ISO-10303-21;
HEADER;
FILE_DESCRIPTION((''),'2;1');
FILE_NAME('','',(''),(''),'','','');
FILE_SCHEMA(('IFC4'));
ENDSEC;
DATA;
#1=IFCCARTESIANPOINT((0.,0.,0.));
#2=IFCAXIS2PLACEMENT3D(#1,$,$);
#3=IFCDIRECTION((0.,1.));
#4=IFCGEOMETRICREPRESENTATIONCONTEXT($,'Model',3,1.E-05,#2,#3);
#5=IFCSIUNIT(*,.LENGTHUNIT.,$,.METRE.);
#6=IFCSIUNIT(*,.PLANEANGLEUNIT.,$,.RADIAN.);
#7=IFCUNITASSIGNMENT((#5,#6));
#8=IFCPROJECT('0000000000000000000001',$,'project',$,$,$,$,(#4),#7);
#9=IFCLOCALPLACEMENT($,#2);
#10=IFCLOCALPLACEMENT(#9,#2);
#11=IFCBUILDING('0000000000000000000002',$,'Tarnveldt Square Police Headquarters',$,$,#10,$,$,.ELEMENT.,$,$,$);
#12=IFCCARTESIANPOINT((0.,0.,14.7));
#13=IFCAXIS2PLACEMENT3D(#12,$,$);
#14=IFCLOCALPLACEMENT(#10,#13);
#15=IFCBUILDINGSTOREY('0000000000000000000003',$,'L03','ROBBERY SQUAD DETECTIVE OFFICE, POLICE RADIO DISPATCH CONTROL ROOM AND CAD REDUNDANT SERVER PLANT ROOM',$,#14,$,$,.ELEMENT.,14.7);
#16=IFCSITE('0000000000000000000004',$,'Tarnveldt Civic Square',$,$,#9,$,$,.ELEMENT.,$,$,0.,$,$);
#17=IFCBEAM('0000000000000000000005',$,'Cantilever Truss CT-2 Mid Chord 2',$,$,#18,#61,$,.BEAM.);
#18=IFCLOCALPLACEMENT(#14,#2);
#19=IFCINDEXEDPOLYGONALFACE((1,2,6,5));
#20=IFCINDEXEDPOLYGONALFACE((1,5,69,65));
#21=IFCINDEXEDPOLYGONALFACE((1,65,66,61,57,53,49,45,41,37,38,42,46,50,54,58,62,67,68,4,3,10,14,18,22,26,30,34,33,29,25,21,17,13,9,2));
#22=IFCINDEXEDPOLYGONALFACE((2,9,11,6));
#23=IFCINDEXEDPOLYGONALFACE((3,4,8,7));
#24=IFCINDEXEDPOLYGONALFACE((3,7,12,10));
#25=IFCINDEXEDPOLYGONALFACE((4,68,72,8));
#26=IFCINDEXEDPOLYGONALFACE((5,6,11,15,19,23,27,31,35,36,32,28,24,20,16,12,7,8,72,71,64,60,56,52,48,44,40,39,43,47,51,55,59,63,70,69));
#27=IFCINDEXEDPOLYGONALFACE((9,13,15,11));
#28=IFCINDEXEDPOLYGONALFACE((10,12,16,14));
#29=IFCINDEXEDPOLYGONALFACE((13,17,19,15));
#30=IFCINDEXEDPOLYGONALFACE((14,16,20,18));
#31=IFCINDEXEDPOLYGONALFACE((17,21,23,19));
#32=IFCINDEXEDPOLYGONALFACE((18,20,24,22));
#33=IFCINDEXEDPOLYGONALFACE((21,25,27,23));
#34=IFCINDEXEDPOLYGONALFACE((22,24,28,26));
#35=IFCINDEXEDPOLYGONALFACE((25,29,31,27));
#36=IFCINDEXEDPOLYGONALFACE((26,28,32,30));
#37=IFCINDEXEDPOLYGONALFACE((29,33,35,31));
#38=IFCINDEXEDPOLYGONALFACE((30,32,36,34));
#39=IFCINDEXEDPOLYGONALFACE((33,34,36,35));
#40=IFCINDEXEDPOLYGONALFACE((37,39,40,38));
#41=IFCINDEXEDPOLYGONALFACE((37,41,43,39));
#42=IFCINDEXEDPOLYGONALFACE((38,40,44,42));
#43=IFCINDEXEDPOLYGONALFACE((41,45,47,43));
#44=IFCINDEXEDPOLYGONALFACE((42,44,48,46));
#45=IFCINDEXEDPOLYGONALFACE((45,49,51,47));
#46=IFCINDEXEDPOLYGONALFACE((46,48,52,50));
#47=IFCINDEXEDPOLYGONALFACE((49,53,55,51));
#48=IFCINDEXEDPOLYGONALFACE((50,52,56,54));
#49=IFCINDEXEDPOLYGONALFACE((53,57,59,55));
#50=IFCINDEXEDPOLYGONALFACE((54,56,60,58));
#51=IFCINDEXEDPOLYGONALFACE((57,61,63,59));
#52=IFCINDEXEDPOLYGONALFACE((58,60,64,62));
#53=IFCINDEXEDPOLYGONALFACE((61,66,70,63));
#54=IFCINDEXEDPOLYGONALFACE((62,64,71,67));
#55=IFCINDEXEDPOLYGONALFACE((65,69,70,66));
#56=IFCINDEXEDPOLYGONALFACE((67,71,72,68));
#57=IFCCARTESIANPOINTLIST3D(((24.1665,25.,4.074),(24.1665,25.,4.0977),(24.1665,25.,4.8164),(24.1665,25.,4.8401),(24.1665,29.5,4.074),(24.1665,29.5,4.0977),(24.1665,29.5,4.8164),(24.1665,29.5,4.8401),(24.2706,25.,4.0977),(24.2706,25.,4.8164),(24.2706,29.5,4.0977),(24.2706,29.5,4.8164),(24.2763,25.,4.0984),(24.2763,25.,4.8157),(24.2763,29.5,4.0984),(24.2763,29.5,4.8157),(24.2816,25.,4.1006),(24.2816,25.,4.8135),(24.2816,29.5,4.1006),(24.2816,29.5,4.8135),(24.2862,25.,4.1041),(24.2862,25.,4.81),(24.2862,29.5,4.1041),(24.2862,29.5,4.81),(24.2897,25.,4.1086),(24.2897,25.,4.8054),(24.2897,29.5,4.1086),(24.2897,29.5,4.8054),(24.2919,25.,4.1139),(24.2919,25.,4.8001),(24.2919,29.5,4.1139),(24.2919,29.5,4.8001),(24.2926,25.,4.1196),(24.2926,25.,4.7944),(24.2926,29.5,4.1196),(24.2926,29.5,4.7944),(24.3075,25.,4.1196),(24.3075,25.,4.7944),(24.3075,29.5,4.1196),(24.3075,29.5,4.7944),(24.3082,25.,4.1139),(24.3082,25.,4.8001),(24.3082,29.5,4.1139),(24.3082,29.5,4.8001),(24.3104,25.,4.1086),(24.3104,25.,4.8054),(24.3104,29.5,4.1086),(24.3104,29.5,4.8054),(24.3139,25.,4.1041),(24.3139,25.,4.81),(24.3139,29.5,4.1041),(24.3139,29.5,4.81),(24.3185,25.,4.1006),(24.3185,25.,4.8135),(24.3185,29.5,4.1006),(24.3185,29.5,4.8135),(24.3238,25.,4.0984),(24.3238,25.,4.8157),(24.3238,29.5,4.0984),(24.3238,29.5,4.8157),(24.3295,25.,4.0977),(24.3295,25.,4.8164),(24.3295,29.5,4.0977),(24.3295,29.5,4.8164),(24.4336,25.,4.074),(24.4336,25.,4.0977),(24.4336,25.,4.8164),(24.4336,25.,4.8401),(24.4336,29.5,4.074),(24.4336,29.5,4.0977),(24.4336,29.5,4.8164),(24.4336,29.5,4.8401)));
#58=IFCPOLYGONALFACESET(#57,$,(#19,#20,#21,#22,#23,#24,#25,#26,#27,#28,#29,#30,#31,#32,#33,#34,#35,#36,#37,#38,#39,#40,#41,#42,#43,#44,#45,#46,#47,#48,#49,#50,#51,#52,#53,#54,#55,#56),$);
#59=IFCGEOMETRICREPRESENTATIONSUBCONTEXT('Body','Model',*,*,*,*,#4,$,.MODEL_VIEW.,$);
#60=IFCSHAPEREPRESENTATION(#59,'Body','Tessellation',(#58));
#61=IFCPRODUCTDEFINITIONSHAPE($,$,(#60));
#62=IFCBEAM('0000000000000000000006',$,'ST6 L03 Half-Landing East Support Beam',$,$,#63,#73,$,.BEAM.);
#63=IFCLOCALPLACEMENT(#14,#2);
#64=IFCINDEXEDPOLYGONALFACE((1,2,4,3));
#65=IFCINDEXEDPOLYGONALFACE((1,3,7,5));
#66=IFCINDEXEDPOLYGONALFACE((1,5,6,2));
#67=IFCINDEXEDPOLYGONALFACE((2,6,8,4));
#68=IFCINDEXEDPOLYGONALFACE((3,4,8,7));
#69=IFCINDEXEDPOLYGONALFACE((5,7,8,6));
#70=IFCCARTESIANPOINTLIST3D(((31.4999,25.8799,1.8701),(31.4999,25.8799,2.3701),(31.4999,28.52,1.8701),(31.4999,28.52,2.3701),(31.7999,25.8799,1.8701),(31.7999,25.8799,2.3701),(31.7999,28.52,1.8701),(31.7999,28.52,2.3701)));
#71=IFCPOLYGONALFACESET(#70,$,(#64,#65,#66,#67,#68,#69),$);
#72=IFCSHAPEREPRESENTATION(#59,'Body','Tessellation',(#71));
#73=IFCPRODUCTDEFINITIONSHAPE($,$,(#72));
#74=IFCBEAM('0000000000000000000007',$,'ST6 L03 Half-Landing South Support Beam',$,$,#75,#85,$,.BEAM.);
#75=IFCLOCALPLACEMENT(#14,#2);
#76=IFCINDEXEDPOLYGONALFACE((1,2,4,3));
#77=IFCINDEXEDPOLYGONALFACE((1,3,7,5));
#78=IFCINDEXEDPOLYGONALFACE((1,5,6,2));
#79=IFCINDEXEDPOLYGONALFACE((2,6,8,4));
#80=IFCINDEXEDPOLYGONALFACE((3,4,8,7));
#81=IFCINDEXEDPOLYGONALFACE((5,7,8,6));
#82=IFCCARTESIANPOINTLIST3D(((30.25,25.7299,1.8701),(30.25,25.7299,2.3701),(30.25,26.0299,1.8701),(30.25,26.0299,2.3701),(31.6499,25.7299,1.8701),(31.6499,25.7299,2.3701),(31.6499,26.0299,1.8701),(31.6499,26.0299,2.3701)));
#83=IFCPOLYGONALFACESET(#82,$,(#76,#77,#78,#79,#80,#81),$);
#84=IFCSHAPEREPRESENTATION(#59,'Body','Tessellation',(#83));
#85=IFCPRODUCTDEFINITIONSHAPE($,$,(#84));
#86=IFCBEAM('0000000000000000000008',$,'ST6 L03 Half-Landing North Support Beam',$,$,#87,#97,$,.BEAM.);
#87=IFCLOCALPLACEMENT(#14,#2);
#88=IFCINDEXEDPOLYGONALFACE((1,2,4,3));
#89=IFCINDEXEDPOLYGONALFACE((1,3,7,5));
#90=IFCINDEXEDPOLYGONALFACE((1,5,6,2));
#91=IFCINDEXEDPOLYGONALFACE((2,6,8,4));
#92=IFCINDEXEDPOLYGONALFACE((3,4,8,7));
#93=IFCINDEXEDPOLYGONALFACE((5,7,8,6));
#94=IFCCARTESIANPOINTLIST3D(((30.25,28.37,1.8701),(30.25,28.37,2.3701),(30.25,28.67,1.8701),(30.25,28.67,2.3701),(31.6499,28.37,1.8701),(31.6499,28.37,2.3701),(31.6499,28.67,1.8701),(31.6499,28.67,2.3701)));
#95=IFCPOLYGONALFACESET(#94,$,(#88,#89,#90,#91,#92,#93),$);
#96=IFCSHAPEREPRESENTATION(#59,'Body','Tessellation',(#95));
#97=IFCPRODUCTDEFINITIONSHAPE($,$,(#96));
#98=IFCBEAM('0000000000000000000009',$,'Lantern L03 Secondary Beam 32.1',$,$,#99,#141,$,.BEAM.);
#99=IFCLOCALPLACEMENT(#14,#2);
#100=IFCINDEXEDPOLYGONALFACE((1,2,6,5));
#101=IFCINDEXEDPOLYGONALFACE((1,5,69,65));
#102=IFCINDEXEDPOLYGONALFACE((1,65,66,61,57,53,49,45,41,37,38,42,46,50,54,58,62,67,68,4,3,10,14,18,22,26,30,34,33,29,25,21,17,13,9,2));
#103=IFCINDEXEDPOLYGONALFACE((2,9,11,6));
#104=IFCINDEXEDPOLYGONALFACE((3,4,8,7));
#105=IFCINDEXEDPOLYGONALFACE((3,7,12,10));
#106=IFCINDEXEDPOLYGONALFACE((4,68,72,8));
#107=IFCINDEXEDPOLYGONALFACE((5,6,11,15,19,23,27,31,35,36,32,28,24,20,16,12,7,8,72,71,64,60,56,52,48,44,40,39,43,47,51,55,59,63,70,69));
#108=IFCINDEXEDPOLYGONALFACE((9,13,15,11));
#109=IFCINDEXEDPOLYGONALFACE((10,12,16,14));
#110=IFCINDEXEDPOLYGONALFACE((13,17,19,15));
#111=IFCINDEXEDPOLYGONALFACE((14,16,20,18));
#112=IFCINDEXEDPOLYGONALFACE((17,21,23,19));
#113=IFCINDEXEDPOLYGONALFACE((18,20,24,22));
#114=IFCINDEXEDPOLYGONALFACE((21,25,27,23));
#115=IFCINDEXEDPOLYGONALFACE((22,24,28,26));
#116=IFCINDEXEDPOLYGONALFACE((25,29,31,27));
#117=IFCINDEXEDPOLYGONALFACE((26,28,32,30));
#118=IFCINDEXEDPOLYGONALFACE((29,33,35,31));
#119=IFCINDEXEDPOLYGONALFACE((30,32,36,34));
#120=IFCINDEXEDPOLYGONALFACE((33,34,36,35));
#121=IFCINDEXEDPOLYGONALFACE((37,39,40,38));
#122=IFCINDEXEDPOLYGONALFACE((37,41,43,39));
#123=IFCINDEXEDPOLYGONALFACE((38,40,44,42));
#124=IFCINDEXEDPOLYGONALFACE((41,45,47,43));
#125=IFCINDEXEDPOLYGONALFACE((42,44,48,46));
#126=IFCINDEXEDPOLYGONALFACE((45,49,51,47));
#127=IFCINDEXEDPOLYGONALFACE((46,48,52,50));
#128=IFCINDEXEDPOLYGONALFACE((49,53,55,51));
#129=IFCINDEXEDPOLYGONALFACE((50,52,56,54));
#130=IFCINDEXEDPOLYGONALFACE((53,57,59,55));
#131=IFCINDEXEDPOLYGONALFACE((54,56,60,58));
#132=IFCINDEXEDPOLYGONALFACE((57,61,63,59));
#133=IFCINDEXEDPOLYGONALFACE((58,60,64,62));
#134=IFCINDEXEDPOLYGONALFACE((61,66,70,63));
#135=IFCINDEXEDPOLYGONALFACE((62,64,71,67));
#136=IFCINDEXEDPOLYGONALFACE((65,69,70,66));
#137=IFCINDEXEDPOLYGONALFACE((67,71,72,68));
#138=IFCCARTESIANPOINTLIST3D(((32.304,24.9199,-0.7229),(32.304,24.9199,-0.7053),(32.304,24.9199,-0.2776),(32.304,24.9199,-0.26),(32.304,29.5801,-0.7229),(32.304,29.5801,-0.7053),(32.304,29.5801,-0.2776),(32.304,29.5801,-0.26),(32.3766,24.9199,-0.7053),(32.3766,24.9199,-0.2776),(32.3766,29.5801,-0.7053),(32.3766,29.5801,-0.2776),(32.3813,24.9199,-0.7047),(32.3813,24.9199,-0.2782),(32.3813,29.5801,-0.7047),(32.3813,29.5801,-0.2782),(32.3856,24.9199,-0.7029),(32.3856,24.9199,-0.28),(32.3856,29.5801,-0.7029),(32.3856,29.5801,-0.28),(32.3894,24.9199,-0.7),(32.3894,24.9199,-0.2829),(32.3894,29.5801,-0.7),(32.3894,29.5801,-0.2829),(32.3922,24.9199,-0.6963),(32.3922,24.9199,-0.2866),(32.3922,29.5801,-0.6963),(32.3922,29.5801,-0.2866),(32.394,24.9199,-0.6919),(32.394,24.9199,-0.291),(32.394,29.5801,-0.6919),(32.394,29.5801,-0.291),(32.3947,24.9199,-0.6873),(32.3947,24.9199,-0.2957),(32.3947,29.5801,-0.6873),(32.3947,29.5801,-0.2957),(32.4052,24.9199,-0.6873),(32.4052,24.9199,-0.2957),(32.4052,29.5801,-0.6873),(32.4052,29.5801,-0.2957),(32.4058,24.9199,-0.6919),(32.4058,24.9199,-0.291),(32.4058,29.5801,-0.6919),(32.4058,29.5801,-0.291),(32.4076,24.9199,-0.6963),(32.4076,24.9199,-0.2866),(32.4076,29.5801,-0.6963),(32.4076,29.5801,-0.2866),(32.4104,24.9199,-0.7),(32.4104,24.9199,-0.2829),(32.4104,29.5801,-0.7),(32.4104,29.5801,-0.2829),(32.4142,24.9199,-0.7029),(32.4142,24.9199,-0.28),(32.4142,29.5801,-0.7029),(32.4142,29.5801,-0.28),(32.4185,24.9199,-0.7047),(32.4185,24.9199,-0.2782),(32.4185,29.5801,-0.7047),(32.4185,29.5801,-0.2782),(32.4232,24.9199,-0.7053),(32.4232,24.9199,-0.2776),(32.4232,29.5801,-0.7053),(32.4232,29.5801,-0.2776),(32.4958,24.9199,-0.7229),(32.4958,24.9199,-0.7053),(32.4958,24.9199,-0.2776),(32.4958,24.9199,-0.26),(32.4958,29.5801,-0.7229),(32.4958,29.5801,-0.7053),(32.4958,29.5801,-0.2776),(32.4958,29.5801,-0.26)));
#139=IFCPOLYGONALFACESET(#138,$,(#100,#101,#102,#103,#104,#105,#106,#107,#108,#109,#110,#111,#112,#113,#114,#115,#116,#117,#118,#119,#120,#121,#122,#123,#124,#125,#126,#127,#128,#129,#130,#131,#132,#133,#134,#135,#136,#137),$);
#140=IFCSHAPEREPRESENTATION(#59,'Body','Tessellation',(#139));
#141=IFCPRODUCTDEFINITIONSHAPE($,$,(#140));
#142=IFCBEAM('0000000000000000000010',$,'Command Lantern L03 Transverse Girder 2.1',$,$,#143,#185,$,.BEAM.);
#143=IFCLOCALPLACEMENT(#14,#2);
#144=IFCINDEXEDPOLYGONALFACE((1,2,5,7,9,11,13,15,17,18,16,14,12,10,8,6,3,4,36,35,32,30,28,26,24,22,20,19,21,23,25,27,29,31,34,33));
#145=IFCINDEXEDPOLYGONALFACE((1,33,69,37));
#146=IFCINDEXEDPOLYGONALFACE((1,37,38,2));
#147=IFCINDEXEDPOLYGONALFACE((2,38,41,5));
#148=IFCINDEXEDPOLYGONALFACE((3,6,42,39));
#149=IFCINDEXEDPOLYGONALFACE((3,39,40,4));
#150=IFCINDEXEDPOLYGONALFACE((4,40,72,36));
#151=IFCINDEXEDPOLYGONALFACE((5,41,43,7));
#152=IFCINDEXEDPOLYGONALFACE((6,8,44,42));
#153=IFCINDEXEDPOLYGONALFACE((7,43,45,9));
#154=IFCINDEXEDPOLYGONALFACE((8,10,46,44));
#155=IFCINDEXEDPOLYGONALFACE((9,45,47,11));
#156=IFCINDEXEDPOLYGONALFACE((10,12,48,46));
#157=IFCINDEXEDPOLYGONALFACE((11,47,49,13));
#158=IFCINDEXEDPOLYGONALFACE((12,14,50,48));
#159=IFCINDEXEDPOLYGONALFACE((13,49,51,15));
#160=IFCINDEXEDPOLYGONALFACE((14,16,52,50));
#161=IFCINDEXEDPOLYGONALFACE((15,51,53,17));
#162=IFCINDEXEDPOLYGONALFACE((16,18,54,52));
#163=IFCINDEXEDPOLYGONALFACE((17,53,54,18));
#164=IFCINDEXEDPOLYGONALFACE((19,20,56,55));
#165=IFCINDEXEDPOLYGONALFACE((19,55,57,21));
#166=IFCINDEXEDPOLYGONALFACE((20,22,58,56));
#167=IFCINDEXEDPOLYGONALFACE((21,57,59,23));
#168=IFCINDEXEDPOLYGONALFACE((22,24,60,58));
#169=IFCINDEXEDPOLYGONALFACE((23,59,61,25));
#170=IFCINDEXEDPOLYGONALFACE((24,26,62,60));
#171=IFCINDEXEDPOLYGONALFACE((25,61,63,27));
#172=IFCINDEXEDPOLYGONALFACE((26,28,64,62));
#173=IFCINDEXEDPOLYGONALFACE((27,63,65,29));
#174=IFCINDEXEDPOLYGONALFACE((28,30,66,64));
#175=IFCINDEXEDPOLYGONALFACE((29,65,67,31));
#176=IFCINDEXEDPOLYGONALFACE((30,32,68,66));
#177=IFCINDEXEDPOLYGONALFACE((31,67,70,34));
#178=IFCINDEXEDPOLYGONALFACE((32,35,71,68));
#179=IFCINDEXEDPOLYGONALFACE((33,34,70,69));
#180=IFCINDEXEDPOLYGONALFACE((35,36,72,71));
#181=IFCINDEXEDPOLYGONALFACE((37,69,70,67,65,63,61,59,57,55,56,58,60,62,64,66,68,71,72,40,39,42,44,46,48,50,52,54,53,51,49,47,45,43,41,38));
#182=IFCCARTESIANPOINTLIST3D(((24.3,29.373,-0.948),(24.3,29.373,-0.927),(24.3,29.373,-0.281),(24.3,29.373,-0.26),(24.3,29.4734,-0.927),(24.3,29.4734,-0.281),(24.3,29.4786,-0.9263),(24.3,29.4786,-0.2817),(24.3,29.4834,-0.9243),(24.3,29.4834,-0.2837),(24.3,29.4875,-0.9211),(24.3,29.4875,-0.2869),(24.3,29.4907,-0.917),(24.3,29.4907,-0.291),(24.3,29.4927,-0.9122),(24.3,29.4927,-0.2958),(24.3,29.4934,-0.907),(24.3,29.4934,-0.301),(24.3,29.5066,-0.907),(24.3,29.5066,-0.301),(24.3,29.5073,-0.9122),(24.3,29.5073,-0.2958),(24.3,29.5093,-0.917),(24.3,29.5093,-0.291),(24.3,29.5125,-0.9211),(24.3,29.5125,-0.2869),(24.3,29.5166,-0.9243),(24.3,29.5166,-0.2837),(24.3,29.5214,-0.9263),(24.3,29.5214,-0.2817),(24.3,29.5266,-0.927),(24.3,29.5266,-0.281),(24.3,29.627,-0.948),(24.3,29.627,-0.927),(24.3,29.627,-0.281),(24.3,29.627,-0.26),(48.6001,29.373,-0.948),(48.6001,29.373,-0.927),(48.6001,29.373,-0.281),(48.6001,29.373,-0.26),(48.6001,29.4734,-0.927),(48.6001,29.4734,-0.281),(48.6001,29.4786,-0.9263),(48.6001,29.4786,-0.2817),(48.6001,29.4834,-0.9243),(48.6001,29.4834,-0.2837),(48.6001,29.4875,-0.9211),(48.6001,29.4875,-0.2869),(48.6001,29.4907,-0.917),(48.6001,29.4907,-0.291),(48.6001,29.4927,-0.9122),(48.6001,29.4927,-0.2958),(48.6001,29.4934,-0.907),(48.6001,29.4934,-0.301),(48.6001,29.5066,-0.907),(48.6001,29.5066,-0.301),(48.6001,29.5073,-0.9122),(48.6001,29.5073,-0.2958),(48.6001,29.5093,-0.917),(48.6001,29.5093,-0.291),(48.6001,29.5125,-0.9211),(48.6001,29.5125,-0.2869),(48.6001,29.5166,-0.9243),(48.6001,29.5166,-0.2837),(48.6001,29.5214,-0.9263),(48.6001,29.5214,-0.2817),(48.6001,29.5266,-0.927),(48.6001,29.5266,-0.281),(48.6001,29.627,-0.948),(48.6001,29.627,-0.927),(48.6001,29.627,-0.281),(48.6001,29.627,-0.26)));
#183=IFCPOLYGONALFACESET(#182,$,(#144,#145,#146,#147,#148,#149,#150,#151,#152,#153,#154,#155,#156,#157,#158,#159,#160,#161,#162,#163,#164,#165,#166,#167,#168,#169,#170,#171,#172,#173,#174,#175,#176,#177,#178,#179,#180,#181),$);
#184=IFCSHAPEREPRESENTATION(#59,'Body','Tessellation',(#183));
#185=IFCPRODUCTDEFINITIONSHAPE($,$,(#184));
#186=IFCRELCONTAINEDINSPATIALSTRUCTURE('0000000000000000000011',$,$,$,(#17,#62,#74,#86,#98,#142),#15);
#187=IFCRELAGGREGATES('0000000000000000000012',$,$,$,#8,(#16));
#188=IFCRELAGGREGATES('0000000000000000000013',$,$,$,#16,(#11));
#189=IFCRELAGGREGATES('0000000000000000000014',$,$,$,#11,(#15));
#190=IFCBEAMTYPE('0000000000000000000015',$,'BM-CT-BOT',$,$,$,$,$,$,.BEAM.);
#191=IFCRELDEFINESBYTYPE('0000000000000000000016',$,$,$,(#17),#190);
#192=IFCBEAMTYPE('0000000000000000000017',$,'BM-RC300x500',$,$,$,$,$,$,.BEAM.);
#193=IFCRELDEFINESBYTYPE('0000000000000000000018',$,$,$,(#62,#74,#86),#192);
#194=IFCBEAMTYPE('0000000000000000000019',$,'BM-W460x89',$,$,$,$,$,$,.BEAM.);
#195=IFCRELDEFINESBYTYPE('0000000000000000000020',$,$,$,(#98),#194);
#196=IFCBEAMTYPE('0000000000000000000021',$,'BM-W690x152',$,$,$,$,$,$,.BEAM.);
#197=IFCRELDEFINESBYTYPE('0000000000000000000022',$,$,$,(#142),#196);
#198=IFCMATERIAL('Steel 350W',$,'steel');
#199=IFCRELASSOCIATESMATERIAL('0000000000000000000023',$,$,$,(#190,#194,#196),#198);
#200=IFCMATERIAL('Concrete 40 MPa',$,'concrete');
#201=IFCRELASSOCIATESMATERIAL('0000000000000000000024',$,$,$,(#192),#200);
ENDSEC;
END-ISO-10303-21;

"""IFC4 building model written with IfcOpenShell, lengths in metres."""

from ifc_helpers import new_model, si_unit, direction, frame, origin, origin_2d, place, context, subcontext, project, spatial, rectangle, i_section, extrude, material, material_profile, profile_set, type_object, element, save


model = new_model("IFC4")

# Units and contexts
model_context = context("Model", 3, precision=1e-05, world=origin(), true_north=direction((0.0, 1.0)))
body_context = subcontext(model_context, "Body", "Model", "MODEL_VIEW")
ifc_project = project(units=[si_unit("LENGTHUNIT", "METRE"), si_unit("PLANEANGLEUNIT", "RADIAN")], contexts=[model_context])

# Site, building, storey
site_placement = place(None, origin())
site = spatial("IfcSite", under=ifc_project, at=site_placement, Name="Tarnveldt Civic Square", CompositionType="ELEMENT", RefElevation=0.0)
building_placement = place(site_placement, origin())
building = spatial("IfcBuilding", under=site, at=building_placement, Name="Tarnveldt Square Police Headquarters", CompositionType="ELEMENT")
storey_placement = place(building_placement, frame((0.0, 0.0, 14.7)))
storey = spatial("IfcBuildingStorey", under=building, at=storey_placement, Name="L03", Description="ROBBERY SQUAD DETECTIVE OFFICE, POLICE RADIO DISPATCH CONTROL ROOM AND CAD REDUNDANT SERVER PLANT ROOM", CompositionType="ELEMENT", Elevation=14.7)

# Shared definitions
ifc_material_1 = material(Name="Concrete 40 MPa", Category="concrete")
ifc_material_2 = material(Name="Steel 350W", Category="steel")

# Beams
ifc_material_profile_1 = material_profile(ifc_material_2, i_section(OverallWidth=0.2671, OverallDepth=0.7661, WebThickness=0.0149, FlangeThickness=0.0237, FilletRadius=0.022, at=origin_2d()), Name="W760x185")
ifc_profile_set_1 = profile_set([ifc_material_profile_1], Name="Steel 350W")
beam_type_1 = type_object("IfcBeamType", Name="BM-CT-BOT", PredefinedType="BEAM", material=ifc_profile_set_1)
for number, where, z_axis, x_axis, name in (
    (1, (24.3, 29.5, 4.457), (0.0, -1.0, 0.0), (1.0, 0.0, 0.0), "Cantilever Truss CT-2 Mid Chord 2"),
):
    element("IfcBeam", number, at=place(storey_placement, frame(where, z_axis=z_axis, x_axis=x_axis)), inside=storey, type_object=beam_type_1, Name=name, PredefinedType="BEAM", context=body_context, shape_type="SweptSolid", body=[
        extrude(i_section(OverallWidth=0.2671, OverallDepth=0.7661, WebThickness=0.0149, FlangeThickness=0.0237, FilletRadius=0.022, at=origin_2d()), origin(), (0.0, 0.0, 1.0), 4.5),
    ])
ifc_material_profile_2 = material_profile(ifc_material_1, rectangle(XDim=0.3, YDim=0.5, at=origin_2d()), Name="RC-B300x500")
ifc_profile_set_2 = profile_set([ifc_material_profile_2], Name="Concrete 40 MPa")
beam_type_2 = type_object("IfcBeamType", Name="BM-RC300x500", PredefinedType="BEAM", material=ifc_profile_set_2)
beam_1_placement = place(storey_placement, frame((31.6499, 25.8799, 2.1201), z_axis=(0.0, 1.0, 0.0), x_axis=(-1.0, 0.0, 0.0)))
element("IfcBeam", 2, at=beam_1_placement, inside=storey, type_object=beam_type_2, Name="ST6 L03 Half-Landing East Support Beam", PredefinedType="BEAM", context=body_context, shape_type="SweptSolid", body=[
    extrude(rectangle(XDim=0.3, YDim=0.5, at=origin_2d()), origin(), (0.0, 0.0, 1.0), 2.6401),
])
for number, where, z_axis, x_axis, name in (
    (3, (30.25, 25.8799, 2.1201), (1.0, 0.0, 0.0), (0.0, 1.0, 0.0), "ST6 L03 Half-Landing South Support Beam"),
    (4, (30.25, 28.52, 2.1201), (1.0, 0.0, 0.0), (0.0, 1.0, 0.0), "ST6 L03 Half-Landing North Support Beam"),
):
    element("IfcBeam", number, at=place(storey_placement, frame(where, z_axis=z_axis, x_axis=x_axis)), inside=storey, type_object=beam_type_2, Name=name, PredefinedType="BEAM", context=body_context, shape_type="SweptSolid", body=[
        extrude(rectangle(XDim=0.3, YDim=0.5, at=origin_2d()), origin(), (0.0, 0.0, 1.0), 1.3999),
    ])
ifc_material_profile_3 = material_profile(ifc_material_2, i_section(OverallWidth=0.1919, OverallDepth=0.4629, WebThickness=0.0105, FlangeThickness=0.0176, FilletRadius=0.0181, at=origin_2d()), Name="W460x89")
ifc_profile_set_3 = profile_set([ifc_material_profile_3], Name="Steel 350W")
beam_type_3 = type_object("IfcBeamType", Name="BM-W460x89", PredefinedType="BEAM", material=ifc_profile_set_3)
beam_2_placement = place(storey_placement, frame((32.3999, 29.5801, -0.4915), z_axis=(0.0, -1.0, 0.0), x_axis=(1.0, 0.0, 0.0)))
element("IfcBeam", 5, at=beam_2_placement, inside=storey, type_object=beam_type_3, Name="Lantern L03 Secondary Beam 32.1", PredefinedType="BEAM", context=body_context, shape_type="SweptSolid", body=[
    extrude(i_section(OverallWidth=0.1919, OverallDepth=0.4629, WebThickness=0.0105, FlangeThickness=0.0176, FilletRadius=0.0181, at=origin_2d()), origin(), (0.0, 0.0, 1.0), 4.6602),
])
ifc_material_profile_4 = material_profile(ifc_material_2, i_section(OverallWidth=0.2539, OverallDepth=0.688, WebThickness=0.0132, FlangeThickness=0.021, FilletRadius=0.02, at=origin_2d()), Name="W690x152")
ifc_profile_set_4 = profile_set([ifc_material_profile_4], Name="Steel 350W")
beam_type_4 = type_object("IfcBeamType", Name="BM-W690x152", PredefinedType="BEAM", material=ifc_profile_set_4)
beam_3_placement = place(storey_placement, frame((24.3, 29.5, -0.604), z_axis=(1.0, 0.0, 0.0), x_axis=(0.0, 1.0, 0.0)))
element("IfcBeam", 6, at=beam_3_placement, inside=storey, type_object=beam_type_4, Name="Command Lantern L03 Transverse Girder 2.1", PredefinedType="BEAM", context=body_context, shape_type="SweptSolid", body=[
    extrude(i_section(OverallWidth=0.2539, OverallDepth=0.688, WebThickness=0.0132, FlangeThickness=0.021, FilletRadius=0.02, at=origin_2d()), origin(), (0.0, 0.0, 1.0), 24.3),
])

save(model, "model.ifc")
